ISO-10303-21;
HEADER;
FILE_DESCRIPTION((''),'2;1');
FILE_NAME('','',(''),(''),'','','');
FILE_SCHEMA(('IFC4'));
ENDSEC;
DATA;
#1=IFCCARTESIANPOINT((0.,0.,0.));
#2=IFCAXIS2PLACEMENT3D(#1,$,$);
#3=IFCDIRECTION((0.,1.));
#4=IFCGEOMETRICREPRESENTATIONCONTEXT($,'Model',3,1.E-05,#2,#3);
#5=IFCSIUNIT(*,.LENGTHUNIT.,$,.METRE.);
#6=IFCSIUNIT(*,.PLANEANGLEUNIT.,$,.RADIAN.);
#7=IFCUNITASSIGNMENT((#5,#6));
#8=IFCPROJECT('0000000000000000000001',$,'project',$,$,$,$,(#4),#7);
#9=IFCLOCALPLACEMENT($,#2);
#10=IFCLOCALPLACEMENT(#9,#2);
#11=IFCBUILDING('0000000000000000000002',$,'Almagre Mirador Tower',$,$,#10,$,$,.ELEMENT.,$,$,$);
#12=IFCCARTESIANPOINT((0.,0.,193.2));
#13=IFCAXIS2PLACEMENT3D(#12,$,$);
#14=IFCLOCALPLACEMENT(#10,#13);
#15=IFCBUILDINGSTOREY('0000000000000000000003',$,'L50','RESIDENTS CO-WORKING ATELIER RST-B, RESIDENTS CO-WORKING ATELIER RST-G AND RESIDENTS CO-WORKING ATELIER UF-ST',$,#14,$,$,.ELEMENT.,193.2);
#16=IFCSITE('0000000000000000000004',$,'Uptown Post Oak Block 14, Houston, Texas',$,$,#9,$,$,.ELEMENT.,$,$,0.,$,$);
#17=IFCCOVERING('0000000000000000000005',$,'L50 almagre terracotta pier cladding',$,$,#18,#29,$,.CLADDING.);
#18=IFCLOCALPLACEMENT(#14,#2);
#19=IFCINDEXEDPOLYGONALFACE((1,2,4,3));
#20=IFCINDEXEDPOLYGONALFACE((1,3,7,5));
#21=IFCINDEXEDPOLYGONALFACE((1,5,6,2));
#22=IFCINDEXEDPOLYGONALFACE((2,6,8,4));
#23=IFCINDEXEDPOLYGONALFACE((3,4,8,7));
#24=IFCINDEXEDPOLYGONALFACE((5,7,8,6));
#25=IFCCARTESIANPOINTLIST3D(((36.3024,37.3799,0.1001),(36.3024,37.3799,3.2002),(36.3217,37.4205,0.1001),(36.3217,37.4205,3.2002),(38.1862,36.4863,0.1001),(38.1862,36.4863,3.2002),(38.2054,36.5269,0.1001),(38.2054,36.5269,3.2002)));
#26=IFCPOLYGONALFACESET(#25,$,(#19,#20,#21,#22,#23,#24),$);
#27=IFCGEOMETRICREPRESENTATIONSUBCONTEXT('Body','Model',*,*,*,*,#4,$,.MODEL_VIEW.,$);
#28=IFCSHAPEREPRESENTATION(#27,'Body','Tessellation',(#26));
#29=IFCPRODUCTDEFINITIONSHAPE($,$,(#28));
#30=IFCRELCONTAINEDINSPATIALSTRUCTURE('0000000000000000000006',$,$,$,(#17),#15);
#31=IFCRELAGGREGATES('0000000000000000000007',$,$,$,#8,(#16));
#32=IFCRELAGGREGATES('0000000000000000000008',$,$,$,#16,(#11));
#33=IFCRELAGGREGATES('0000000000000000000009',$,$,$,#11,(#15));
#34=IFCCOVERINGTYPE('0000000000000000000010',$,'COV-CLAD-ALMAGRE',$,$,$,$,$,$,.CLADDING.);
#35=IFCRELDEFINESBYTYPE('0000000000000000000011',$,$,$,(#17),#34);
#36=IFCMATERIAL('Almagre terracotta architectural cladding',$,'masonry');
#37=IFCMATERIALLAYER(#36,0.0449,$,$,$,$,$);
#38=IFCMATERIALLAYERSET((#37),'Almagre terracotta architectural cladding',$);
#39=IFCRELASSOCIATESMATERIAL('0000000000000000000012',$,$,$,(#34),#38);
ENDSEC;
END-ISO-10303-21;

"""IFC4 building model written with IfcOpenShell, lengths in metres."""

from ifc_helpers import new_model, si_unit, direction, frame, origin, origin_2d, place, context, subcontext, project, spatial, rectangle, extrude, material, layer, layer_set, type_object, element, save


model = new_model("IFC4")

# Units and contexts
model_context = context("Model", 3, precision=1e-05, world=origin(), true_north=direction((0.0, 1.0)))
body_context = subcontext(model_context, "Body", "Model", "MODEL_VIEW")
ifc_project = project(units=[si_unit("LENGTHUNIT", "METRE"), si_unit("PLANEANGLEUNIT", "RADIAN")], contexts=[model_context])

# Site, building, storey
site_placement = place(None, origin())
site = spatial("IfcSite", under=ifc_project, at=site_placement, Name="Uptown Post Oak Block 14, Houston, Texas", CompositionType="ELEMENT", RefElevation=0.0)
building_placement = place(site_placement, origin())
building = spatial("IfcBuilding", under=site, at=building_placement, Name="Almagre Mirador Tower", CompositionType="ELEMENT")
storey_placement = place(building_placement, frame((0.0, 0.0, 193.2)))
storey = spatial("IfcBuildingStorey", under=building, at=storey_placement, Name="L50", Description="RESIDENTS CO-WORKING ATELIER RST-B, RESIDENTS CO-WORKING ATELIER RST-G AND RESIDENTS CO-WORKING ATELIER UF-ST", CompositionType="ELEMENT", Elevation=193.2)

# Covering
ifc_material_1 = material(Name="Almagre terracotta architectural cladding", Category="masonry")
ifc_layer_1 = layer(ifc_material_1, 0.0449)
ifc_layer_set_1 = layer_set([ifc_layer_1], Name="Almagre terracotta architectural cladding")
covering_type = type_object("IfcCoveringType", Name="COV-CLAD-ALMAGRE", PredefinedType="CLADDING", material=ifc_layer_set_1)
covering_placement = place(storey_placement, frame((37.2539, 36.9534, 0.1001), z_axis=(0.0, 0.0, 1.0), x_axis=(0.903492, -0.428604, 0.0)))
element("IfcCovering", 1, at=covering_placement, inside=storey, type_object=covering_type, Name="L50 almagre terracotta pier cladding", PredefinedType="CLADDING", context=body_context, shape_type="SweptSolid", body=[
    extrude(rectangle(XDim=2.085, YDim=0.0449, at=origin_2d()), origin(), (0.0, 0.0, 1.0), 3.1001),
])

save(model, "model.ifc")
